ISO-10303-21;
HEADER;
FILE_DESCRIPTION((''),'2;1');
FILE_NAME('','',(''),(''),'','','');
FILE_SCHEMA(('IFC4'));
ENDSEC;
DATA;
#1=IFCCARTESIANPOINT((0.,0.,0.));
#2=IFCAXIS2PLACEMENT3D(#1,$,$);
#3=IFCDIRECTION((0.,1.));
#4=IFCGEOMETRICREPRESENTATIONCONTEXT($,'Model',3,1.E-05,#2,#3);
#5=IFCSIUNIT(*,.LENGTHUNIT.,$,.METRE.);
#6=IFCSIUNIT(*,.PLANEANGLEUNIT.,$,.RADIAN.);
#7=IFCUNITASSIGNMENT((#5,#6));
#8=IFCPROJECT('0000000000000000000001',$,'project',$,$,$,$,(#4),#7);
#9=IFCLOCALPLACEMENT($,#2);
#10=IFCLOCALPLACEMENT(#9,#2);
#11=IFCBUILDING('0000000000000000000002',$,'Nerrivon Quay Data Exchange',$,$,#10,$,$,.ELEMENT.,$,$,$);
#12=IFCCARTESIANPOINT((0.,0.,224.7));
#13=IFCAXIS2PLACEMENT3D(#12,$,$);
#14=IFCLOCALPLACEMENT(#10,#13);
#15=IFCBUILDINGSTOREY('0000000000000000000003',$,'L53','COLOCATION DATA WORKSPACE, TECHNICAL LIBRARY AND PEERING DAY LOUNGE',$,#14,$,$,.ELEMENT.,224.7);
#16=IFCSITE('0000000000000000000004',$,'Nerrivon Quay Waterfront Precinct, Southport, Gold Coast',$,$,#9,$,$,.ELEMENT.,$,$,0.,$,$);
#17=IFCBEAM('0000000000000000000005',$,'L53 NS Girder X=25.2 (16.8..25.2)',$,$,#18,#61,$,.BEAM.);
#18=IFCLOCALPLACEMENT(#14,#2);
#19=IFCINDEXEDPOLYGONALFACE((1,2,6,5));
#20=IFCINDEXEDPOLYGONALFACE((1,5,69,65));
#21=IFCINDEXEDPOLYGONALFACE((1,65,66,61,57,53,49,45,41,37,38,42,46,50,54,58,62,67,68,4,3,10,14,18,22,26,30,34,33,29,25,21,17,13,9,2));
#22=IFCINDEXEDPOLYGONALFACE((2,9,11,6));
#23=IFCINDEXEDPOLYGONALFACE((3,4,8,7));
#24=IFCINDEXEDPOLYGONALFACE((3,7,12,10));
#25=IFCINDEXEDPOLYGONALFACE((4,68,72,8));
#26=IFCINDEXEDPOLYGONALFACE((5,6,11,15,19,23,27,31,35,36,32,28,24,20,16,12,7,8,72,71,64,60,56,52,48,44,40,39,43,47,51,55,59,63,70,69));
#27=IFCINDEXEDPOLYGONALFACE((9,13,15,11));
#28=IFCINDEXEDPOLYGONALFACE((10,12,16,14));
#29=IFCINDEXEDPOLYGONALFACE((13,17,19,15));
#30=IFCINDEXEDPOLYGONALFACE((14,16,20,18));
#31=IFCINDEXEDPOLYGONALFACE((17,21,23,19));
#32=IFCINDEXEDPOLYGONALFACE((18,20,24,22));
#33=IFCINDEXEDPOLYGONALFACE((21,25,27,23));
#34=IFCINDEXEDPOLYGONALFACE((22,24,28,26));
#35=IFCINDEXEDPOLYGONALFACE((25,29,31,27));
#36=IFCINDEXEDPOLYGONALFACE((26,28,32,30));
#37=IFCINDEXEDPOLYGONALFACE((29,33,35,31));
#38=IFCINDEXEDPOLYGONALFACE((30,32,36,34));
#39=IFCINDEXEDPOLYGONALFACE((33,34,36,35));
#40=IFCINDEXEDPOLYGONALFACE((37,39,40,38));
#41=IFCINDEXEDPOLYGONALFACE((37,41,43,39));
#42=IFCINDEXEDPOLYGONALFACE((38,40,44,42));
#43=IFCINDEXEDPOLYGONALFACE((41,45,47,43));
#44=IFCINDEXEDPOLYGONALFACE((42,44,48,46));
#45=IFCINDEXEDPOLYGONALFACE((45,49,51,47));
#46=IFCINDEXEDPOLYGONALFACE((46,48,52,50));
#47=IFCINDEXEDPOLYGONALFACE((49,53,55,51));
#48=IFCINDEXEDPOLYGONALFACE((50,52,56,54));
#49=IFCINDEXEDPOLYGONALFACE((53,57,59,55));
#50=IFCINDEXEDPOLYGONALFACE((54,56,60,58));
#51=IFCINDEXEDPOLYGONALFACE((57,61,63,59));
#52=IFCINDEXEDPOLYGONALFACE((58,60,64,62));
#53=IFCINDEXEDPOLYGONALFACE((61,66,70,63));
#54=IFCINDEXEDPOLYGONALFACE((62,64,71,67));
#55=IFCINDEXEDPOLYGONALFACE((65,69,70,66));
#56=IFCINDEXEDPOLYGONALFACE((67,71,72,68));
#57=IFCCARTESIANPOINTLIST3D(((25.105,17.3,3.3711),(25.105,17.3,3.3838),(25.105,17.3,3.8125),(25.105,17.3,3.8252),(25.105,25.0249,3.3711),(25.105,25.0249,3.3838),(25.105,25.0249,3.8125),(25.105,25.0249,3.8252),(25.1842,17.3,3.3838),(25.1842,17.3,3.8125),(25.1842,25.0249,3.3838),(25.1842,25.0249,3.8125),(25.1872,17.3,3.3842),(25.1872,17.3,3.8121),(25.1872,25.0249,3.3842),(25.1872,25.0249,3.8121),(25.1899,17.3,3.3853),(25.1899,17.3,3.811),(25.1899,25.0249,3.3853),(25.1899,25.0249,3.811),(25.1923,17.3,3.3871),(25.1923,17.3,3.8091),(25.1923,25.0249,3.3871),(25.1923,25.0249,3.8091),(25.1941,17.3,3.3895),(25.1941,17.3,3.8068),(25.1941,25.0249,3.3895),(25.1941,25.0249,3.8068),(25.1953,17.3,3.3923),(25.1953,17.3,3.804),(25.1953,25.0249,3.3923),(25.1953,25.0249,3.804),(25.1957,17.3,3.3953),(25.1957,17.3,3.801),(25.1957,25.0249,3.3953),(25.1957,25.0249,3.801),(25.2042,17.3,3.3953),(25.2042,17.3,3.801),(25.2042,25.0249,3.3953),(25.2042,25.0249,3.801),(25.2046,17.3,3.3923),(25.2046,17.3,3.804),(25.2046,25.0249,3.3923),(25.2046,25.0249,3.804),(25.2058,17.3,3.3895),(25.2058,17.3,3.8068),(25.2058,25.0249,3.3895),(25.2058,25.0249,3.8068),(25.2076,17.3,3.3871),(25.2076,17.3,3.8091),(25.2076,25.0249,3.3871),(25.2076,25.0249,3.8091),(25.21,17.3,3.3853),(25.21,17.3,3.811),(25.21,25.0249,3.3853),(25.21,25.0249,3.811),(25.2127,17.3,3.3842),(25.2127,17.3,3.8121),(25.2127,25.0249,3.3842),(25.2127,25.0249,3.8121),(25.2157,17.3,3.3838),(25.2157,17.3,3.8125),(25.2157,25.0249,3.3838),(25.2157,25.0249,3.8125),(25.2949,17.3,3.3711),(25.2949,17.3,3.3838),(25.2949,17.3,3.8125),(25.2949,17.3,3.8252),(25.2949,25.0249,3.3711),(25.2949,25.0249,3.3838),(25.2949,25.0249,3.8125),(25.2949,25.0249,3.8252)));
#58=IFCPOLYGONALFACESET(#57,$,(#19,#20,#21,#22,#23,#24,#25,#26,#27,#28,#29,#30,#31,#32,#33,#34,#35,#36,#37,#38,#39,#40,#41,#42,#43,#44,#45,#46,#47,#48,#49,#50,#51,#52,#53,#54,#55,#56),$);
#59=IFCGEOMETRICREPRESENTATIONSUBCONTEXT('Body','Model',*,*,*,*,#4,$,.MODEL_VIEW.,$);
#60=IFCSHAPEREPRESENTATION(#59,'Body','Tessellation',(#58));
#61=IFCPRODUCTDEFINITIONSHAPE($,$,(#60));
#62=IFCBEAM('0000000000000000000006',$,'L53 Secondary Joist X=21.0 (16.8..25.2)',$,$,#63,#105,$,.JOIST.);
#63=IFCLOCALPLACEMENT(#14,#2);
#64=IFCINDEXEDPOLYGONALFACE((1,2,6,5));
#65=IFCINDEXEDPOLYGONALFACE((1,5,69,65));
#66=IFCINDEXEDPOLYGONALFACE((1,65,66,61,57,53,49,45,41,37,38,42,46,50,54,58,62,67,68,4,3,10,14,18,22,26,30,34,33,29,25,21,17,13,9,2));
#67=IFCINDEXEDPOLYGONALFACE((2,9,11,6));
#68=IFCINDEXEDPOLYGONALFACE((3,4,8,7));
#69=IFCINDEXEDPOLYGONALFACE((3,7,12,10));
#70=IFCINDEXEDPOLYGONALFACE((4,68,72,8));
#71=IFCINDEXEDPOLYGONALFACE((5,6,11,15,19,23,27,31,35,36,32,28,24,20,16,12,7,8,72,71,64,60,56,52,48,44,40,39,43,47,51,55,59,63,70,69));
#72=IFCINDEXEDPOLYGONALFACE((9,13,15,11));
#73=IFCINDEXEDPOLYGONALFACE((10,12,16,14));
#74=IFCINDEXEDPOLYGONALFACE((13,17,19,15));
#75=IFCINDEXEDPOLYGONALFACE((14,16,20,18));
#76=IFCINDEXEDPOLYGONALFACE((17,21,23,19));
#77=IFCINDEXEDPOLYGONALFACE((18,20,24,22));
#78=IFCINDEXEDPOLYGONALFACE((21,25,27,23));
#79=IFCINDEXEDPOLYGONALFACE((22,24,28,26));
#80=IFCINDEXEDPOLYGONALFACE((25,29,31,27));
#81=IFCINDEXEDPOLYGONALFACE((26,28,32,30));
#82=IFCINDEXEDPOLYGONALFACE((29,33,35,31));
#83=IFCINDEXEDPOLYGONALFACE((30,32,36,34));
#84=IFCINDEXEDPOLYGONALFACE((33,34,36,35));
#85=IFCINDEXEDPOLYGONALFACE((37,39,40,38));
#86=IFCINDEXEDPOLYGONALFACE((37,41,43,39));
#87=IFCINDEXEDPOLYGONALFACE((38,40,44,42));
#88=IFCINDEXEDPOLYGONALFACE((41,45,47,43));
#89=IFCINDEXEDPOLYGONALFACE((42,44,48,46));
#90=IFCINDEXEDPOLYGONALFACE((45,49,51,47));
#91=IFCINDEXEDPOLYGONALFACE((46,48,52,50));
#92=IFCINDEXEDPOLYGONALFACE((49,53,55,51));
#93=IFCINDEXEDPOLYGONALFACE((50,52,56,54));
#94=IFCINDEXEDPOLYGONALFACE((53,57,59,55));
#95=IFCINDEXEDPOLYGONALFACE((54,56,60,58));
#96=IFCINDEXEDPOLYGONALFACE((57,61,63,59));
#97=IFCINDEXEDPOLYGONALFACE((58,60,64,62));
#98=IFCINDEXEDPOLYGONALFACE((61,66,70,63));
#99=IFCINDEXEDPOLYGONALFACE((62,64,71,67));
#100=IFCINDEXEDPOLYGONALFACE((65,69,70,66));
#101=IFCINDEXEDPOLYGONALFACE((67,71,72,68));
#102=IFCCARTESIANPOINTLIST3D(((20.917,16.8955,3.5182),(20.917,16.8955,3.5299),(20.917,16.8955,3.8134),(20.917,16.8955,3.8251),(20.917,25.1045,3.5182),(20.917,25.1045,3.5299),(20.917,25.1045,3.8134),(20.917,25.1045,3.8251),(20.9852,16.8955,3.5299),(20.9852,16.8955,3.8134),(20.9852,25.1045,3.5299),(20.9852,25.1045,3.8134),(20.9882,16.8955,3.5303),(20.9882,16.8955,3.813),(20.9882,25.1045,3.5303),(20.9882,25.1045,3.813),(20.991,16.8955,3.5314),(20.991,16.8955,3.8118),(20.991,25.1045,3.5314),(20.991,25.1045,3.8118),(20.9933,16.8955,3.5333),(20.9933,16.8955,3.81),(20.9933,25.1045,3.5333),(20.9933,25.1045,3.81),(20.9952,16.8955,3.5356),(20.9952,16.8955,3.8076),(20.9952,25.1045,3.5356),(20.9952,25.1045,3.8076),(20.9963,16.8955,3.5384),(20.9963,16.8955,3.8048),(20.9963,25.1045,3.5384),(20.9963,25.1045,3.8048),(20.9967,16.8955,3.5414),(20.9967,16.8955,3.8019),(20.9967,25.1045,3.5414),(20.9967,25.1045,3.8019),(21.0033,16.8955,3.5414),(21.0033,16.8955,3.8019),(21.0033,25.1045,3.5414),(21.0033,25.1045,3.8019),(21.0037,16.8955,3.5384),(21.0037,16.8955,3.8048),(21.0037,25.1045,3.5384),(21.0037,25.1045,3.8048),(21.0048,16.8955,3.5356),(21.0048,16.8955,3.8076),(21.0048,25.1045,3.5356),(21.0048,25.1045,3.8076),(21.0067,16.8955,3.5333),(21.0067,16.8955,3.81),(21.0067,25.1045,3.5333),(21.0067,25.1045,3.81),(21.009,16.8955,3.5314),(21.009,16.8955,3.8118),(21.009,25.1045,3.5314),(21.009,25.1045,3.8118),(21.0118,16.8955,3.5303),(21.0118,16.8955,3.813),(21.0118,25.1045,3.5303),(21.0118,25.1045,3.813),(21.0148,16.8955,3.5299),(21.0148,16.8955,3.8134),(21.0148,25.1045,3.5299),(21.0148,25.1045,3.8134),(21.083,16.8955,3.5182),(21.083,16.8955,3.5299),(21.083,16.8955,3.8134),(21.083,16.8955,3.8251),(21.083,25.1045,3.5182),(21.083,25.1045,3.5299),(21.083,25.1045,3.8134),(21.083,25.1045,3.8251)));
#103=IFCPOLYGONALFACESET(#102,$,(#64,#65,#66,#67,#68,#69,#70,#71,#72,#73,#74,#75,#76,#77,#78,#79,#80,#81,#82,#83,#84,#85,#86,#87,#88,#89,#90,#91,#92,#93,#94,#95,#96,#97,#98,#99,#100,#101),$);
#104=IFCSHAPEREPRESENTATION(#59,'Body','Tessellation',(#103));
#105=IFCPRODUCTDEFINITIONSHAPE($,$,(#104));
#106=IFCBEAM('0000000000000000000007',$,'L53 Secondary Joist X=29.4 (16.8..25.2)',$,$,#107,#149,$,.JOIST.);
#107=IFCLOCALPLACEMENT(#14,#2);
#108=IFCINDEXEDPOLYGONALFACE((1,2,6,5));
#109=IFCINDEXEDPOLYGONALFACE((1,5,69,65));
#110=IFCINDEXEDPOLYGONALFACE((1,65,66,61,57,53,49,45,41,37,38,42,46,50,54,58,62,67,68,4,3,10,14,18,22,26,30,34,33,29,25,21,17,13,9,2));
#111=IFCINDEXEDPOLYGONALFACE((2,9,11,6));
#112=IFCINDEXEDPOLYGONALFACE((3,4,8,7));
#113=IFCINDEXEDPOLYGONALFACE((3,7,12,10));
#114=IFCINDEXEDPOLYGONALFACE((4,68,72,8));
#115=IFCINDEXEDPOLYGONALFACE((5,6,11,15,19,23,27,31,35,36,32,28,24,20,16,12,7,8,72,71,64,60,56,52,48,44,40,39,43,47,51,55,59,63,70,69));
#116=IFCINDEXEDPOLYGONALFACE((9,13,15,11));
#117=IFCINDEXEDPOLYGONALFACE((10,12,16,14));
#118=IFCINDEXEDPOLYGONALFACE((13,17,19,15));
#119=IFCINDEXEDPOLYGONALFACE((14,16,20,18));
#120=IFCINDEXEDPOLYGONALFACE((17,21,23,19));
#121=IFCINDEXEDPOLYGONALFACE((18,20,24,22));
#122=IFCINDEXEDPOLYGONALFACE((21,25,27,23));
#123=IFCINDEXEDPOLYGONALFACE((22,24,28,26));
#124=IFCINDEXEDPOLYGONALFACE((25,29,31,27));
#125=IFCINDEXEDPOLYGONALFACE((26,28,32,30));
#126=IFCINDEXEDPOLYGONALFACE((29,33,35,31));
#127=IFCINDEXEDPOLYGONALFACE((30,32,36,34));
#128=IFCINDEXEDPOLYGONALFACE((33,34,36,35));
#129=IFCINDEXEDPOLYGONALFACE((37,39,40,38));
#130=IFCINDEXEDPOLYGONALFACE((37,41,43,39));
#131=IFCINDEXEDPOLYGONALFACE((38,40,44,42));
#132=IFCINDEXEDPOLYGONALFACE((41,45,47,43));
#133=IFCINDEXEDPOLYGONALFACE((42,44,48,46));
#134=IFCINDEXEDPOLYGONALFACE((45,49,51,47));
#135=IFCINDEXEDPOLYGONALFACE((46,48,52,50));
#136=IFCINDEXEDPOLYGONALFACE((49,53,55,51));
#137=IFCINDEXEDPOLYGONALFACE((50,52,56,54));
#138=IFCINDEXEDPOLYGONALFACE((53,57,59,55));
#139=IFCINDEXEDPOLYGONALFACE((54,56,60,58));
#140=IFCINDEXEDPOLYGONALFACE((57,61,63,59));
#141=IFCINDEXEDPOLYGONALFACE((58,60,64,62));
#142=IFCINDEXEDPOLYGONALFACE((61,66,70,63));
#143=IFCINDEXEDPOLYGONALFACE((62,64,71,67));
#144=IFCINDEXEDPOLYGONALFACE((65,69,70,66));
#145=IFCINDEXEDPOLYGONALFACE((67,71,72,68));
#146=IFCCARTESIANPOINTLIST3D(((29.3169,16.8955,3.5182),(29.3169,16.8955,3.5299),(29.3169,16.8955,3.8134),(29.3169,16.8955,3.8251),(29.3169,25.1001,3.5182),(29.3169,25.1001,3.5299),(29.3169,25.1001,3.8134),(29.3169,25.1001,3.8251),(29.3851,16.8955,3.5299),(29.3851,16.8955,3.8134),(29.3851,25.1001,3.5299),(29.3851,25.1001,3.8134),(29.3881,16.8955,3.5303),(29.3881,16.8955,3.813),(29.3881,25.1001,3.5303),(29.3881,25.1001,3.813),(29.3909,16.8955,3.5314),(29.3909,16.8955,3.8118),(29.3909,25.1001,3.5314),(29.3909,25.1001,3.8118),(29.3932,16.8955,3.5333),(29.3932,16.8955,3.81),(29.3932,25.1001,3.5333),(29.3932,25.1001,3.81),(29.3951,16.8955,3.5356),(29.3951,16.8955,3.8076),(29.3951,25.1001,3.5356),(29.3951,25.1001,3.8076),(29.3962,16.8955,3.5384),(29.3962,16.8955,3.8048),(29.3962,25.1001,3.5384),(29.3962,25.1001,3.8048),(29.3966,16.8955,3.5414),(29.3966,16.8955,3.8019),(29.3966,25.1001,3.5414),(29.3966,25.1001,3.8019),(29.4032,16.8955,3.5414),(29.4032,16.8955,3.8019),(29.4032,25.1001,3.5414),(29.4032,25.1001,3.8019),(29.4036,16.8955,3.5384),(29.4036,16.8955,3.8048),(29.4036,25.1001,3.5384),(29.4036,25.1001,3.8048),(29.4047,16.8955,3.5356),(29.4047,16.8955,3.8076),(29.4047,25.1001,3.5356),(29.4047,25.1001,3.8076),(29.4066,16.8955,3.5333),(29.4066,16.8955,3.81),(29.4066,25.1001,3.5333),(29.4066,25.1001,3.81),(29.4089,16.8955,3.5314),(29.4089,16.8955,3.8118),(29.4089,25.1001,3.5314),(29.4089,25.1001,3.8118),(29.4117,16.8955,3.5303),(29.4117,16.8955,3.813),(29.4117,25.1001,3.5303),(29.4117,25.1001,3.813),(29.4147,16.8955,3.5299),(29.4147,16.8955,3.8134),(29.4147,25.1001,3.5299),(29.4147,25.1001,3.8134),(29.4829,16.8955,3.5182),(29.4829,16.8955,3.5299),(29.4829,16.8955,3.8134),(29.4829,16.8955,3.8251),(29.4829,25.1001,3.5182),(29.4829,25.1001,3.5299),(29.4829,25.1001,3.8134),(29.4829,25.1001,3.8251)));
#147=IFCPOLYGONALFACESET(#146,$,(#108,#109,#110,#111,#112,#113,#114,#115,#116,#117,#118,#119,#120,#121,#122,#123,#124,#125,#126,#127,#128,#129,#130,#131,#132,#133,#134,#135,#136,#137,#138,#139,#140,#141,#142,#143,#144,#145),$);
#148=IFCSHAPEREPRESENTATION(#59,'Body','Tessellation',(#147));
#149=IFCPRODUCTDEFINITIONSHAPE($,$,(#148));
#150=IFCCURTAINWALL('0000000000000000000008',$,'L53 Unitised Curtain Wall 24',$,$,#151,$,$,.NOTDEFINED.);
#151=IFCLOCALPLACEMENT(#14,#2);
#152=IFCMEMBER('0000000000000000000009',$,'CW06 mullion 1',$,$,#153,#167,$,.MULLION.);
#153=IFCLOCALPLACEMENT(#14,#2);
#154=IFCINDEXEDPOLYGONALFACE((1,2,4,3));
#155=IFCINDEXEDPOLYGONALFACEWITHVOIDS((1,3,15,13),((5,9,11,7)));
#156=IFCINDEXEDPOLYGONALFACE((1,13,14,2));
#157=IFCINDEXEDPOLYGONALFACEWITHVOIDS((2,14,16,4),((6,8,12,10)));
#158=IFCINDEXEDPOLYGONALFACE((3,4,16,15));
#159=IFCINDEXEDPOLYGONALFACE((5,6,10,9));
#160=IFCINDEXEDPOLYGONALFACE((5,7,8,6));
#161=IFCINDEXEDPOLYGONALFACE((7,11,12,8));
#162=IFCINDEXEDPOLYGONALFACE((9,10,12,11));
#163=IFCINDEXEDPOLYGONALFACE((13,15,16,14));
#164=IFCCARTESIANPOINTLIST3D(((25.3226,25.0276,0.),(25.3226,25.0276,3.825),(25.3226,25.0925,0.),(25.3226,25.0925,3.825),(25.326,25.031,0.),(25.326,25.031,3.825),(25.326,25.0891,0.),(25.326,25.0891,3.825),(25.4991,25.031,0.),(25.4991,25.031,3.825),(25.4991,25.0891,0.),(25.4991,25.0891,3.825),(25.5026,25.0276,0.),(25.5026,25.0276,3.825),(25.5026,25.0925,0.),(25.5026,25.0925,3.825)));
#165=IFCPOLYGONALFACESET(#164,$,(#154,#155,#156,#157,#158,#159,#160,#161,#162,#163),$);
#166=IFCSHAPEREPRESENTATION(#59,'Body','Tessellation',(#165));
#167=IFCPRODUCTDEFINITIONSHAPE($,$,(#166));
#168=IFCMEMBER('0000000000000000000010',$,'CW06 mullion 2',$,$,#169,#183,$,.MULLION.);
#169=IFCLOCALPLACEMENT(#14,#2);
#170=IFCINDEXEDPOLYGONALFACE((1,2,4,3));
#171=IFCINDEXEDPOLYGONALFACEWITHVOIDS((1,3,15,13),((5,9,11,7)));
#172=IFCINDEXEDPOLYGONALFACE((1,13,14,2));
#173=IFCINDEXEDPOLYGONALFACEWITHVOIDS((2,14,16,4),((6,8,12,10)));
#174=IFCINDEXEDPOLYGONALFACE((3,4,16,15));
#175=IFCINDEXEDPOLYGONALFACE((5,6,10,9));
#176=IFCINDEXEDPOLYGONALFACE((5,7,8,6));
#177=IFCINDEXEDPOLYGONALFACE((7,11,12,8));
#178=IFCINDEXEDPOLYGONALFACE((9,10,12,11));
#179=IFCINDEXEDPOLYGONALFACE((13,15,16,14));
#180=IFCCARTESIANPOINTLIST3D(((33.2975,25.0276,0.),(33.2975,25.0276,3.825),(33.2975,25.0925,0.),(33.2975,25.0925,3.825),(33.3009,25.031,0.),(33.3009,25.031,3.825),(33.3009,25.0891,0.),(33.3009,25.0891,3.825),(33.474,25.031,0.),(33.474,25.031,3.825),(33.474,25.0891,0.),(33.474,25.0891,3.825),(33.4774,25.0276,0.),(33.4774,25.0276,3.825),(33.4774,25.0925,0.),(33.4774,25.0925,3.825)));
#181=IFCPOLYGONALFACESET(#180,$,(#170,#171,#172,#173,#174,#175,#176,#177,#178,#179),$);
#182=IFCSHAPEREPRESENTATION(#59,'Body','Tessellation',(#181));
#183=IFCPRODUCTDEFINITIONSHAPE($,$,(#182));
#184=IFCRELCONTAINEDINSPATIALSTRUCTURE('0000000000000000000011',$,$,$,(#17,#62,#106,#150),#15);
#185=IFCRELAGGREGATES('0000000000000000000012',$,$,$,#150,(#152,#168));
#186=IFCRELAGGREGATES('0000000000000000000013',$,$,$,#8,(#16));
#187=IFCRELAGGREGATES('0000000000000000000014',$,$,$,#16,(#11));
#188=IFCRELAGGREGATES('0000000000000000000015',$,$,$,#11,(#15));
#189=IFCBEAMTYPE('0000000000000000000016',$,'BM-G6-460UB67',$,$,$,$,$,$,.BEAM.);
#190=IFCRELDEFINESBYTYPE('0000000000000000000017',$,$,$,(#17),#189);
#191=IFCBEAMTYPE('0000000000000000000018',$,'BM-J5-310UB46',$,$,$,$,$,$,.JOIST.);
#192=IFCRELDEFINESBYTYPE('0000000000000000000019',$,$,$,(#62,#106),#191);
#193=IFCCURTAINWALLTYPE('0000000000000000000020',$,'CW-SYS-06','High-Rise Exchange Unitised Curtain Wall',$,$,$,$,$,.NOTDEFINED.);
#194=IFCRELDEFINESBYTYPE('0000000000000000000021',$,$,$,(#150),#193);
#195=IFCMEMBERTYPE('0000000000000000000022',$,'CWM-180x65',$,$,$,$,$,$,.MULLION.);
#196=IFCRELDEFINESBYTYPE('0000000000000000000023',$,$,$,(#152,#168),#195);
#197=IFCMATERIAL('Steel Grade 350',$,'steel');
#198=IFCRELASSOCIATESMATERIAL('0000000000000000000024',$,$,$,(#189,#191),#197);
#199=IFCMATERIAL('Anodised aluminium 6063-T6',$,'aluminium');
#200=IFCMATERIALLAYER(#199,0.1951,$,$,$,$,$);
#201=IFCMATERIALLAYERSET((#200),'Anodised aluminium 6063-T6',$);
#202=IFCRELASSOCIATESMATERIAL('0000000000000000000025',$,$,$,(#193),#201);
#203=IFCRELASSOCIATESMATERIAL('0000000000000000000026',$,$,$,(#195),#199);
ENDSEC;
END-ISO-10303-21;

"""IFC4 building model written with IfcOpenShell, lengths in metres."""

from ifc_helpers import new_model, si_unit, direction, frame, origin, origin_2d, place, context, subcontext, project, spatial, hollow_rectangle, i_section, extrude, material, layer, layer_set, material_profile, profile_set, type_object, element, aggregate, save


model = new_model("IFC4")

# Units and contexts
model_context = context("Model", 3, precision=1e-05, world=origin(), true_north=direction((0.0, 1.0)))
body_context = subcontext(model_context, "Body", "Model", "MODEL_VIEW")
ifc_project = project(units=[si_unit("LENGTHUNIT", "METRE"), si_unit("PLANEANGLEUNIT", "RADIAN")], contexts=[model_context])

# Site, building, storey
site_placement = place(None, origin())
site = spatial("IfcSite", under=ifc_project, at=site_placement, Name="Nerrivon Quay Waterfront Precinct, Southport, Gold Coast", CompositionType="ELEMENT", RefElevation=0.0)
building_placement = place(site_placement, origin())
building = spatial("IfcBuilding", under=site, at=building_placement, Name="Nerrivon Quay Data Exchange", CompositionType="ELEMENT")
storey_placement = place(building_placement, frame((0.0, 0.0, 224.7)))
storey = spatial("IfcBuildingStorey", under=building, at=storey_placement, Name="L53", Description="COLOCATION DATA WORKSPACE, TECHNICAL LIBRARY AND PEERING DAY LOUNGE", CompositionType="ELEMENT", Elevation=224.7)

# Beams
ifc_material_1 = material(Name="Steel Grade 350", Category="steel")
ifc_material_profile_1 = material_profile(ifc_material_1, i_section(OverallWidth=0.1899, OverallDepth=0.4541, WebThickness=0.0085, FlangeThickness=0.0127, FilletRadius=0.0115, at=origin_2d()), Name="460UB67.1")
ifc_profile_set_1 = profile_set([ifc_material_profile_1], Name="Steel Grade 350")
beam_type_1 = type_object("IfcBeamType", Name="BM-G6-460UB67", PredefinedType="BEAM", material=ifc_profile_set_1)
beam_1_placement = place(storey_placement, frame((25.2, 17.3, 3.5981), z_axis=(0.0, 1.0, 0.0), x_axis=(-1.0, 0.0, 0.0)))
element("IfcBeam", 1, at=beam_1_placement, inside=storey, type_object=beam_type_1, Name="L53 NS Girder X=25.2 (16.8..25.2)", PredefinedType="BEAM", context=body_context, shape_type="SweptSolid", body=[
    extrude(i_section(OverallWidth=0.1899, OverallDepth=0.4541, WebThickness=0.0085, FlangeThickness=0.0127, FilletRadius=0.0115, at=origin_2d()), origin(), (0.0, 0.0, 1.0), 7.7249),
])
ifc_material_profile_2 = material_profile(ifc_material_1, i_section(OverallWidth=0.166, OverallDepth=0.3069, WebThickness=0.0066, FlangeThickness=0.0117, FilletRadius=0.0115, at=origin_2d()), Name="310UB46.2")
ifc_profile_set_2 = profile_set([ifc_material_profile_2], Name="Steel Grade 350")
beam_type_2 = type_object("IfcBeamType", Name="BM-J5-310UB46", PredefinedType="JOIST", material=ifc_profile_set_2)
beam_2_placement = place(storey_placement, frame((21.0, 16.8955, 3.6716), z_axis=(0.0, 1.0, 0.0), x_axis=(-1.0, 0.0, 0.0)))
element("IfcBeam", 2, at=beam_2_placement, inside=storey, type_object=beam_type_2, Name="L53 Secondary Joist X=21.0 (16.8..25.2)", PredefinedType="JOIST", context=body_context, shape_type="SweptSolid", body=[
    extrude(i_section(OverallWidth=0.166, OverallDepth=0.3069, WebThickness=0.0066, FlangeThickness=0.0117, FilletRadius=0.0115, at=origin_2d()), origin(), (0.0, 0.0, 1.0), 8.209),
])
beam_3_placement = place(storey_placement, frame((29.3999, 16.8955, 3.6716), z_axis=(0.0, 1.0, 0.0), x_axis=(-1.0, 0.0, 0.0)))
element("IfcBeam", 3, at=beam_3_placement, inside=storey, type_object=beam_type_2, Name="L53 Secondary Joist X=29.4 (16.8..25.2)", PredefinedType="JOIST", context=body_context, shape_type="SweptSolid", body=[
    extrude(i_section(OverallWidth=0.166, OverallDepth=0.3069, WebThickness=0.0066, FlangeThickness=0.0117, FilletRadius=0.0115, at=origin_2d()), origin(), (0.0, 0.0, 1.0), 8.2046),
])

# Curtain wall, members
ifc_material_2 = material(Name="Anodised aluminium 6063-T6", Category="aluminium")
ifc_layer_1 = layer(ifc_material_2, 0.1951)
ifc_layer_set_1 = layer_set([ifc_layer_1], Name="Anodised aluminium 6063-T6")
curtain_wall_type = type_object("IfcCurtainWallType", Name="CW-SYS-06", Description="High-Rise Exchange Unitised Curtain Wall", PredefinedType="NOTDEFINED", material=ifc_layer_set_1)
curtain_wall_placement = place(storey_placement, origin())
curtain_wall = element("IfcCurtainWall", 4, at=curtain_wall_placement, inside=storey, type_object=curtain_wall_type, Name="L53 Unitised Curtain Wall 24", PredefinedType="NOTDEFINED")
ifc_material_profile_3 = material_profile(ifc_material_2, hollow_rectangle(XDim=0.0649, YDim=0.1799, WallThickness=0.0034, at=origin_2d()), Name="ALU-MULL-180x65")
ifc_profile_set_3 = profile_set([ifc_material_profile_3], Name="Anodised aluminium 6063-T6")
member_type_1 = type_object("IfcMemberType", Name="CWM-180x65", PredefinedType="MULLION", material=ifc_profile_set_3)
member_1_placement = place(storey_placement, frame((25.4126, 25.0601, 0.0), z_axis=(0.0, 0.0, 1.0), x_axis=(0.0, 1.0, 0.0)))
member_1 = element("IfcMember", 5, at=member_1_placement, type_object=member_type_1, Name="CW06 mullion 1", PredefinedType="MULLION", context=body_context, shape_type="SweptSolid", body=[
    extrude(hollow_rectangle(XDim=0.0649, YDim=0.1799, WallThickness=0.0034, at=origin_2d()), origin(), (0.0, 0.0, 1.0), 3.825),
])
member_2_placement = place(storey_placement, frame((33.3875, 25.0601, 0.0), z_axis=(0.0, 0.0, 1.0), x_axis=(0.0, 1.0, 0.0)))
member_2 = element("IfcMember", 6, at=member_2_placement, type_object=member_type_1, Name="CW06 mullion 2", PredefinedType="MULLION", context=body_context, shape_type="SweptSolid", body=[
    extrude(hollow_rectangle(XDim=0.0649, YDim=0.1799, WallThickness=0.0034, at=origin_2d()), origin(), (0.0, 0.0, 1.0), 3.825),
])
aggregate(curtain_wall, [member_1, member_2])

save(model, "model.ifc")
